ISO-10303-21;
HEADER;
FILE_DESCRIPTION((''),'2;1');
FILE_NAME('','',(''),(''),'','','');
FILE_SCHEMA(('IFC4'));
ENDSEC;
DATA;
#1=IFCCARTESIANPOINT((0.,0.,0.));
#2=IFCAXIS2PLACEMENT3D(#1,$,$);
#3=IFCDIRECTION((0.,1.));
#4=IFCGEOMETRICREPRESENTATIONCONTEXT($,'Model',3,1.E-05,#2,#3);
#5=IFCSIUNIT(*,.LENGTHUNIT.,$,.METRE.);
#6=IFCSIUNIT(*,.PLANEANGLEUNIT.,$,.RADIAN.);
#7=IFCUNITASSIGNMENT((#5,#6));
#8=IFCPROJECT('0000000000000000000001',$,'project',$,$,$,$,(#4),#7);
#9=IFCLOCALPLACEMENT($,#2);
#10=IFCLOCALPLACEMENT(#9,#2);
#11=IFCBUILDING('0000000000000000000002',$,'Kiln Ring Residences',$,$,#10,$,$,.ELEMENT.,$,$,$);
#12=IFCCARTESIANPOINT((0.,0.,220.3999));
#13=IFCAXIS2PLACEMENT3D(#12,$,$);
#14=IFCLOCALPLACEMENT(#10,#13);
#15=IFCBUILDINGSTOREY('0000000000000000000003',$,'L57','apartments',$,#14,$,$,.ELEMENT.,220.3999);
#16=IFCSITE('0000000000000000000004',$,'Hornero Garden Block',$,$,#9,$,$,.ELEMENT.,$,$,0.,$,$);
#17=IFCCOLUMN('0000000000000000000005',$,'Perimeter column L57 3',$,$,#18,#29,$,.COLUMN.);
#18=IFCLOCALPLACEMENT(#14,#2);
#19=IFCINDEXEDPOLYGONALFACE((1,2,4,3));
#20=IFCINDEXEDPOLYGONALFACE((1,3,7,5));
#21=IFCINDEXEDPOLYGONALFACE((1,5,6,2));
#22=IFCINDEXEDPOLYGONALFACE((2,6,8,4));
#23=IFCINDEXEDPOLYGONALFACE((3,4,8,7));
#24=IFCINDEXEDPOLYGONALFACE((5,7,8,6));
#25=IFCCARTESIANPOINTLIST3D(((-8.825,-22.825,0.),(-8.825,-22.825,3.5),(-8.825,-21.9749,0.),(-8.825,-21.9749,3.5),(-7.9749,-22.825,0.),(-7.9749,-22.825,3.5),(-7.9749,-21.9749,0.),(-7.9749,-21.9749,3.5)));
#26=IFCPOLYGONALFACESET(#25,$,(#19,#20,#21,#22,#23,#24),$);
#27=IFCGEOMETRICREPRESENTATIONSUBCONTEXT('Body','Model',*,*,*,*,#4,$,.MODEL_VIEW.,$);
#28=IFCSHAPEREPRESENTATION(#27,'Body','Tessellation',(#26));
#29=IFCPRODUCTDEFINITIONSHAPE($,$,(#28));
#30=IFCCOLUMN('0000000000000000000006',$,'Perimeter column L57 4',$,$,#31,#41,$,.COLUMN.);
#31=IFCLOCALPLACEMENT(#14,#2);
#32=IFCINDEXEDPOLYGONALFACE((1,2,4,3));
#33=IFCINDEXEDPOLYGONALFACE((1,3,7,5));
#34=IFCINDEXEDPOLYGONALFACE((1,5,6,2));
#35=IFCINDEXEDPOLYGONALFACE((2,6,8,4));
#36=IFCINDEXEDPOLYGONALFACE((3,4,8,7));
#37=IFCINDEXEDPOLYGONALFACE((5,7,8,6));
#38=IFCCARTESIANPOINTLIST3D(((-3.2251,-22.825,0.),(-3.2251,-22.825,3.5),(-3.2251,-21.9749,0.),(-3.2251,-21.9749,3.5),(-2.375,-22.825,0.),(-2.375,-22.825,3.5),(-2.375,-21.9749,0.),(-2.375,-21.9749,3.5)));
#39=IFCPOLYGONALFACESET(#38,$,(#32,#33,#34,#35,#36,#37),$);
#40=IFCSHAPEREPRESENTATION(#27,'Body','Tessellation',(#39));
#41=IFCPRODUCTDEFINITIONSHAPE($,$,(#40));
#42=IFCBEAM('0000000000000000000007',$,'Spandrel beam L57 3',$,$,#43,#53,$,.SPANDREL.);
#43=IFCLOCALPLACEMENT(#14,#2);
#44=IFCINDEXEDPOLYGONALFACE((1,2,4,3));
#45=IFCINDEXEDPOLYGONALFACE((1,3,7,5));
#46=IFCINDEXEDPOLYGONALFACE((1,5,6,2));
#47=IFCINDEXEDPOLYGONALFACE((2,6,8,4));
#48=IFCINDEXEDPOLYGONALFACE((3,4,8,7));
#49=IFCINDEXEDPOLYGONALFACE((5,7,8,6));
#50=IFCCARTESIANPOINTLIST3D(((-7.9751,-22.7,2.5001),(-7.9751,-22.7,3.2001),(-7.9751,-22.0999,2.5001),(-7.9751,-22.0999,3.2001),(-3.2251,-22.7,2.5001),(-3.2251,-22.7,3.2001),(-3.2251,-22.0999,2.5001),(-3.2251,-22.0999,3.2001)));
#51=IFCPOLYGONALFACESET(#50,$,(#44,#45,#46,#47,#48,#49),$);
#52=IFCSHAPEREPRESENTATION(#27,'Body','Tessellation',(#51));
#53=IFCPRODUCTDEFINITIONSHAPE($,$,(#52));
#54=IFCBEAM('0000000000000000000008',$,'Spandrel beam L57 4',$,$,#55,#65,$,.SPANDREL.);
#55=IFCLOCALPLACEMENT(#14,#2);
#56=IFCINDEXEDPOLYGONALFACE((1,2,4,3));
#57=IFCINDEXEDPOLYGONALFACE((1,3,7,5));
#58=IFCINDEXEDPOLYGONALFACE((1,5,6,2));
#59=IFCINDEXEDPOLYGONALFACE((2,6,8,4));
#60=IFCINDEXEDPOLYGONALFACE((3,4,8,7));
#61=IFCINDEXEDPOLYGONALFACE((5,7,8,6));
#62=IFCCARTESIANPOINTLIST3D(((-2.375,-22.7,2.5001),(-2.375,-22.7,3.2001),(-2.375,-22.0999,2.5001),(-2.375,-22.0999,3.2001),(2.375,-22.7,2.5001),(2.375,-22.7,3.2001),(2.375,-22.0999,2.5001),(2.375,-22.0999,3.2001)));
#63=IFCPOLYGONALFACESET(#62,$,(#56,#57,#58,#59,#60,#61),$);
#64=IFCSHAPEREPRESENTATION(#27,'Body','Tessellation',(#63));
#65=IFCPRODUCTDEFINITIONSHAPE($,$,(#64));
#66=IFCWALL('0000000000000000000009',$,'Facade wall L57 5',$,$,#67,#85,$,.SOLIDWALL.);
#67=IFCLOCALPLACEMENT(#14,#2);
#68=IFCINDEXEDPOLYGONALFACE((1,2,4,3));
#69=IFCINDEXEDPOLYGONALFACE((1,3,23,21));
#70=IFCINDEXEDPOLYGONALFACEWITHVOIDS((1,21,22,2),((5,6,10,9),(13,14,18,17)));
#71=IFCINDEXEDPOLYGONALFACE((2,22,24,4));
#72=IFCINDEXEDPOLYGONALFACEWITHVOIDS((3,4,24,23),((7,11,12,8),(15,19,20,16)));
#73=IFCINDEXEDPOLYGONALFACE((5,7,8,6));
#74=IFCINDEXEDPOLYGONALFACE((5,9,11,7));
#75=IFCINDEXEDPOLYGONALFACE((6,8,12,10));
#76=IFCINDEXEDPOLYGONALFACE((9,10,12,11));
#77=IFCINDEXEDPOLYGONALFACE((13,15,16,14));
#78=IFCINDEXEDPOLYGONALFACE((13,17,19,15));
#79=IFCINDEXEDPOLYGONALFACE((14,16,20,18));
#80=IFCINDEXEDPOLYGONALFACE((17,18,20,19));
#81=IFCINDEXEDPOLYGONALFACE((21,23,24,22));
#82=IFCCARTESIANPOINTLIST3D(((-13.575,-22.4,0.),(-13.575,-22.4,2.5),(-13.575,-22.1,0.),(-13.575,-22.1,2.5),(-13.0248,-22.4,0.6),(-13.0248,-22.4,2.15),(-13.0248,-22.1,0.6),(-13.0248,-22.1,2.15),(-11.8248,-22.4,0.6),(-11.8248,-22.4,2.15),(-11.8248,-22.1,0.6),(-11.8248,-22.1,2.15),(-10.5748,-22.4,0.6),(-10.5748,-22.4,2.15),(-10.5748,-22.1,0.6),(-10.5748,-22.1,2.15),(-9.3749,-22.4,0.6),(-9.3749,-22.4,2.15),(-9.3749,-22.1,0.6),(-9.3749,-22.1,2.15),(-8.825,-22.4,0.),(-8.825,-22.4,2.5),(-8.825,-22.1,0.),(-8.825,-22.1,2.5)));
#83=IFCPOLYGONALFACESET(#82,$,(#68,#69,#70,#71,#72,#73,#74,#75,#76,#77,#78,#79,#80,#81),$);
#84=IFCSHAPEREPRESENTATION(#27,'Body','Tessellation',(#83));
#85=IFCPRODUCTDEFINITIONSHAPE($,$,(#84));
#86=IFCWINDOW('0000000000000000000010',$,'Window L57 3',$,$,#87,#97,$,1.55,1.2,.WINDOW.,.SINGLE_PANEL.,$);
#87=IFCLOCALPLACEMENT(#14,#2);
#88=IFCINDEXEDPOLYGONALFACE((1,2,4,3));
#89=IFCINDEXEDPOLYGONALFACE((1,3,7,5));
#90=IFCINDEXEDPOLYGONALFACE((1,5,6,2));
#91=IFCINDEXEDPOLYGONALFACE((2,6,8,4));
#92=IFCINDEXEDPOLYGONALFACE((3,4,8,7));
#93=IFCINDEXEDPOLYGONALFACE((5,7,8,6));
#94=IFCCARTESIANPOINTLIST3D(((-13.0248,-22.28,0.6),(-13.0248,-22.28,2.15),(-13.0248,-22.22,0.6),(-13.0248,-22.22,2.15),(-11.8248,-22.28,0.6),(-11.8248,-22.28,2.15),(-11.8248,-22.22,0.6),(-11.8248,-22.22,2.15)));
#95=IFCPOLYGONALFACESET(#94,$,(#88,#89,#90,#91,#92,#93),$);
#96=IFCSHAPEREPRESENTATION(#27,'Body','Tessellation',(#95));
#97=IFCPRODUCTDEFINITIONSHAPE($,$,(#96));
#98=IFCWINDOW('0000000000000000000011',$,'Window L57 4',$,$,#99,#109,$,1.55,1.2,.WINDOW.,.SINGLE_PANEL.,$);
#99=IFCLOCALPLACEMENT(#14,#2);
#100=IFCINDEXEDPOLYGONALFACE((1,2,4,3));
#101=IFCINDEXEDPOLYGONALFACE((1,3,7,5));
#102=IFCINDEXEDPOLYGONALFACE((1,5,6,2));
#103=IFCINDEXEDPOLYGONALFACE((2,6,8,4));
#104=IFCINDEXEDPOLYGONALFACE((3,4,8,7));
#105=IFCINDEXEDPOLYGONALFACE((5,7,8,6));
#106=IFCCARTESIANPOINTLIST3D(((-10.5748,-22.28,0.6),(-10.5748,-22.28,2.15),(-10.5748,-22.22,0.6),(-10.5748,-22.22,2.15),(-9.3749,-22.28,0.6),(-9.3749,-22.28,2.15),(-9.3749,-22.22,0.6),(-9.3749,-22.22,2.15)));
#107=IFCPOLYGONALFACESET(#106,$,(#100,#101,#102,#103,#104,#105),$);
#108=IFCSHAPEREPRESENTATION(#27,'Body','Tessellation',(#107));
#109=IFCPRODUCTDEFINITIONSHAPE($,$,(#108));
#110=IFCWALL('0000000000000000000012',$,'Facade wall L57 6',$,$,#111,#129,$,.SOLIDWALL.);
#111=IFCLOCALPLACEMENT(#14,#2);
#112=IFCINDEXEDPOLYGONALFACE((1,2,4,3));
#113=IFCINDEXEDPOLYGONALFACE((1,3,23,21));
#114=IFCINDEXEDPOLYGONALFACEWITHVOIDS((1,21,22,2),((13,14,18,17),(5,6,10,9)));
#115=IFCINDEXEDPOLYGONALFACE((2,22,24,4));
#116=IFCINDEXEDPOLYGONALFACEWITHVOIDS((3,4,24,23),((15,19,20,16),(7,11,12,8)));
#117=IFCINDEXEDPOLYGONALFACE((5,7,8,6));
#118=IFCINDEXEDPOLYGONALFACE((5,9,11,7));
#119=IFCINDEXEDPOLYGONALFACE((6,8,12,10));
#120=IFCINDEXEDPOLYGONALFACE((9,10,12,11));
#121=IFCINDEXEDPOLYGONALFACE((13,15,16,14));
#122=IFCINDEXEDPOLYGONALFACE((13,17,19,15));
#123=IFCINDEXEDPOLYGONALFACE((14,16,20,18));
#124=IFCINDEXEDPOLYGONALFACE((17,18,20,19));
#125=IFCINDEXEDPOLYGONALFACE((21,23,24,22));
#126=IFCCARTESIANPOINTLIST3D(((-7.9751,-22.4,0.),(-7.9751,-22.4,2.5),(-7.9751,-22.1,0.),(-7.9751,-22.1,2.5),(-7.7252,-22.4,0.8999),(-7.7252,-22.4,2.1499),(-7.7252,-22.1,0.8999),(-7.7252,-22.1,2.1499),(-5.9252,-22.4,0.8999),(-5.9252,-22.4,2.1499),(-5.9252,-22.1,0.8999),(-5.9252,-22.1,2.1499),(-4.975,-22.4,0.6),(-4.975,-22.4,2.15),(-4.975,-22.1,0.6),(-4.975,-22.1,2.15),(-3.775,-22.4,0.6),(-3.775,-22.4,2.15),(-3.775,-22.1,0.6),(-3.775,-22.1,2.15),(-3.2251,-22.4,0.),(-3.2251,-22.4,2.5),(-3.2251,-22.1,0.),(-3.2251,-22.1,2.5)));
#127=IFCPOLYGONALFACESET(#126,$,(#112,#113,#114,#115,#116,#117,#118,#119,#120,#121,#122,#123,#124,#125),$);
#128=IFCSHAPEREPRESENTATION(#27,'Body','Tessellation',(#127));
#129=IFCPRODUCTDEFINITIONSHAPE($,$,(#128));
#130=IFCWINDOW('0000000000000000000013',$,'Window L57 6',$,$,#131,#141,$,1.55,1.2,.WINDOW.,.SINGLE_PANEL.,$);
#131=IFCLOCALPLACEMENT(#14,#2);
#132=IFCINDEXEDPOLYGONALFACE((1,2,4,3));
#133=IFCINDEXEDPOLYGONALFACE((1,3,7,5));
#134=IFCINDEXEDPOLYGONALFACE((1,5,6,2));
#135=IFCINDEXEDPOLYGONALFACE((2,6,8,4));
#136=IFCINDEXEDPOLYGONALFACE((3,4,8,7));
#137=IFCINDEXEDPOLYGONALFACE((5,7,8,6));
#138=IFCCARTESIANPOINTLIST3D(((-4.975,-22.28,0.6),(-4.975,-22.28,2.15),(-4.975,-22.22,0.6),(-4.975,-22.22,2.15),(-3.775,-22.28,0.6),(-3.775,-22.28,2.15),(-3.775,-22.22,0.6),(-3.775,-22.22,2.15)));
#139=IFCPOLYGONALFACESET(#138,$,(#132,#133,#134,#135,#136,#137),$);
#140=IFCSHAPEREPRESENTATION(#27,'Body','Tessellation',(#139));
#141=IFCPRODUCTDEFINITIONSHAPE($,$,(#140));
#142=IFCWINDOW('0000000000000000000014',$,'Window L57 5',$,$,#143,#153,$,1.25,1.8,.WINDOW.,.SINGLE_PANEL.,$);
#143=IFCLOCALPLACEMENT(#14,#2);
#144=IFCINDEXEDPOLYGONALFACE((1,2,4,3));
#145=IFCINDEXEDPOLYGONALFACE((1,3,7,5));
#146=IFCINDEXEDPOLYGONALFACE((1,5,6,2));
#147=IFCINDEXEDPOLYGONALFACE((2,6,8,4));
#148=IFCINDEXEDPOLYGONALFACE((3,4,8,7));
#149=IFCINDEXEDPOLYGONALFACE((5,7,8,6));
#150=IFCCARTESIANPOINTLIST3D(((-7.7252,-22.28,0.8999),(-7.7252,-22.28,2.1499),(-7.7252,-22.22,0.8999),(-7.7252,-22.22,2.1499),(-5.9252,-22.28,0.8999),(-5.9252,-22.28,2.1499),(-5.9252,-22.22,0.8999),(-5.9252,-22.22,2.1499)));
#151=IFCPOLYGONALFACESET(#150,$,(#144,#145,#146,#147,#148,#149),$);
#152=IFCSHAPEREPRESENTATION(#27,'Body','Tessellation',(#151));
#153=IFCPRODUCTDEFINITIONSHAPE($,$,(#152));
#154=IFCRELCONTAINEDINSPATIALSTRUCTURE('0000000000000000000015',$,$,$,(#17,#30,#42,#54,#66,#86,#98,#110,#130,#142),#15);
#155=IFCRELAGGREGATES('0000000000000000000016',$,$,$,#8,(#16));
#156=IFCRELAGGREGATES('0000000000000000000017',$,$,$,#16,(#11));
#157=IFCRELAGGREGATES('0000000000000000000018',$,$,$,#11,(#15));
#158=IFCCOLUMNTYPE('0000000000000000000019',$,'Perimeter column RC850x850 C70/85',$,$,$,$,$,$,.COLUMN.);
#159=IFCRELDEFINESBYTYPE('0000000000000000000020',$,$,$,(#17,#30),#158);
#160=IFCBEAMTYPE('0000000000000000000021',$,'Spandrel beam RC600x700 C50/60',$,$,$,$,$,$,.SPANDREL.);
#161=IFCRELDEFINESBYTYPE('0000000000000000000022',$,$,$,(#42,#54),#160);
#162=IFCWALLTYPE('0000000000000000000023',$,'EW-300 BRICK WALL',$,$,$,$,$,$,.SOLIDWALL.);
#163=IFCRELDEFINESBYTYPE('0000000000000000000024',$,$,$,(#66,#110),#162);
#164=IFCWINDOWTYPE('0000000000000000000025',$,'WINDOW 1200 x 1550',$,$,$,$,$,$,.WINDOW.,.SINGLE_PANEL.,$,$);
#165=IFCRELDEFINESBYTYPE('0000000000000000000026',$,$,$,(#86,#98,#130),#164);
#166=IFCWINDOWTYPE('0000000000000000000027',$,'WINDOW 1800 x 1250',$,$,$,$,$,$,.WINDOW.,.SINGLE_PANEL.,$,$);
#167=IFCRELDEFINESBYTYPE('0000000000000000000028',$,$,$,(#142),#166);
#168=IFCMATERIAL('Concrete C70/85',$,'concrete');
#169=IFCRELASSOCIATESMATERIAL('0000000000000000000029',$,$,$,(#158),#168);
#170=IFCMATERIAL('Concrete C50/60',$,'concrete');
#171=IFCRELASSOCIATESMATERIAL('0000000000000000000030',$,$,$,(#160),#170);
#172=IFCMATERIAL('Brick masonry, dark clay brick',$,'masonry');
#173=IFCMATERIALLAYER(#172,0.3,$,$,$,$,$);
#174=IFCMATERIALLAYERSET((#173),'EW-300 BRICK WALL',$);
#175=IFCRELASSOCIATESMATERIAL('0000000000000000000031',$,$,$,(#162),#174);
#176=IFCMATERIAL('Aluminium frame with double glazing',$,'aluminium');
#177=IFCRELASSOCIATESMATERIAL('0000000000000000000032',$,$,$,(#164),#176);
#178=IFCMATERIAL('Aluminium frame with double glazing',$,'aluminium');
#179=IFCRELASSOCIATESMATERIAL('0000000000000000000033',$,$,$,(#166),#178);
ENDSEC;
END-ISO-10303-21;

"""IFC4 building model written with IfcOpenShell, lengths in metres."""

from ifc_helpers import new_model, si_unit, direction, frame, frame_2d, origin, origin_2d, place, context, subcontext, project, spatial, rectangle, extrude, material, layer, layer_set, material_profile, profile_set, type_object, element, fill, save


model = new_model("IFC4")

# Units and contexts
model_context = context("Model", 3, precision=1e-05, world=origin(), true_north=direction((0.0, 1.0)))
body_context = subcontext(model_context, "Body", "Model", "MODEL_VIEW")
ifc_project = project(units=[si_unit("LENGTHUNIT", "METRE"), si_unit("PLANEANGLEUNIT", "RADIAN")], contexts=[model_context])

# Site, building, storey
site_placement = place(None, origin())
site = spatial("IfcSite", under=ifc_project, at=site_placement, Name="Hornero Garden Block", CompositionType="ELEMENT", RefElevation=0.0)
building_placement = place(site_placement, origin())
building = spatial("IfcBuilding", under=site, at=building_placement, Name="Kiln Ring Residences", CompositionType="ELEMENT")
storey_placement = place(building_placement, frame((0.0, 0.0, 220.3999)))
storey = spatial("IfcBuildingStorey", under=building, at=storey_placement, Name="L57", Description="apartments", CompositionType="ELEMENT", Elevation=220.3999)

# Columns
ifc_material_1 = material(Name="Concrete C70/85", Category="concrete")
ifc_material_profile_1 = material_profile(ifc_material_1, rectangle(XDim=0.8501, YDim=0.8501, at=origin_2d()), Name="RC850x850")
ifc_profile_set_1 = profile_set([ifc_material_profile_1], Name="Concrete C70/85")
column_type = type_object("IfcColumnType", Name="Perimeter column RC850x850 C70/85", PredefinedType="COLUMN", material=ifc_profile_set_1)
for number, where, z_axis, x_axis, name in (
    (1, (-8.3999, -22.3999, 0.0), (0.0, 0.0, 1.0), (1.0, 0.0, 0.0), "Perimeter column L57 3"),
    (2, (-2.8, -22.3999, 0.0), (0.0, 0.0, 1.0), (1.0, 0.0, 0.0), "Perimeter column L57 4"),
):
    element("IfcColumn", number, at=place(storey_placement, frame(where, z_axis=z_axis, x_axis=x_axis)), inside=storey, type_object=column_type, Name=name, PredefinedType="COLUMN", context=body_context, shape_type="SweptSolid", body=[
        extrude(rectangle(XDim=0.8501, YDim=0.8501, at=origin_2d()), origin(), (0.0, 0.0, 1.0), 3.5),
    ])

# Beams
ifc_material_2 = material(Name="Concrete C50/60", Category="concrete")
ifc_material_profile_2 = material_profile(ifc_material_2, rectangle(XDim=0.6001, YDim=0.7, at=origin_2d()), Name="RC600x700")
ifc_profile_set_2 = profile_set([ifc_material_profile_2], Name="Concrete C50/60")
beam_type = type_object("IfcBeamType", Name="Spandrel beam RC600x700 C50/60", PredefinedType="SPANDREL", material=ifc_profile_set_2)
for number, where, z_axis, x_axis, name in (
    (3, (-7.9751, -22.3999, 2.8501), (1.0, 0.0, 0.0), (0.0, 1.0, 0.0), "Spandrel beam L57 3"),
    (4, (-2.375, -22.3999, 2.8501), (1.0, 0.0, 0.0), (0.0, 1.0, 0.0), "Spandrel beam L57 4"),
):
    element("IfcBeam", number, at=place(storey_placement, frame(where, z_axis=z_axis, x_axis=x_axis)), inside=storey, type_object=beam_type, Name=name, PredefinedType="SPANDREL", context=body_context, shape_type="SweptSolid", body=[
        extrude(rectangle(XDim=0.6001, YDim=0.7, at=origin_2d()), origin(), (0.0, 0.0, 1.0), 4.75),
    ])

# Walls, openings, windows
ifc_material_3 = material(Name="Brick masonry, dark clay brick", Category="masonry")
ifc_layer_1 = layer(ifc_material_3, 0.3)
ifc_layer_set_1 = layer_set([ifc_layer_1], Name="EW-300 BRICK WALL")
wall_type_1 = type_object("IfcWallType", Name="EW-300 BRICK WALL", PredefinedType="SOLIDWALL", material=ifc_layer_set_1)
wall_1_placement = place(storey_placement, frame((-13.575, -22.25, 0.0), z_axis=(0.0, 0.0, 1.0), x_axis=(1.0, 0.0, 0.0)))
wall_1 = element("IfcWall", 5, at=wall_1_placement, inside=storey, type_object=wall_type_1, Name="Facade wall L57 5", PredefinedType="SOLIDWALL", context=body_context, shape_type="SweptSolid", body=[
    extrude(rectangle(XDim=4.75, YDim=0.3, at=frame_2d((2.375, 0.0))), origin(), (0.0, 0.0, 1.0), 2.5),
])
opening_1_placement = place(wall_1_placement, frame((0.55, 0.0, 0.6001)))
opening_1 = element("IfcOpeningElement", 6, at=opening_1_placement, cuts=wall_1, PredefinedType="OPENING", context=body_context, shape_type="SweptSolid", body=[
    extrude(rectangle(XDim=1.2, YDim=1.55, at=frame_2d((0.6001, 0.7749))), frame((0.0, 0.1599, 0.0), z_axis=(0.0, -1.0, 0.0), x_axis=(1.0, 0.0, 0.0)), (0.0, 0.0, 1.0), 0.3201),
])
opening_2_placement = place(wall_1_placement, frame((3.0, 0.0, 0.6001)))
opening_2 = element("IfcOpeningElement", 7, at=opening_2_placement, cuts=wall_1, PredefinedType="OPENING", context=body_context, shape_type="SweptSolid", body=[
    extrude(rectangle(XDim=1.2, YDim=1.55, at=frame_2d((0.6001, 0.7749))), frame((0.0, 0.1599, 0.0), z_axis=(0.0, -1.0, 0.0), x_axis=(1.0, 0.0, 0.0)), (0.0, 0.0, 1.0), 0.3201),
])
ifc_material_4 = material(Name="Aluminium frame with double glazing", Category="aluminium")
window_type_1 = type_object("IfcWindowType", Name="WINDOW 1200 x 1550", PartitioningType="SINGLE_PANEL", PredefinedType="WINDOW", material=ifc_material_4)
window_1_placement = place(opening_1_placement, origin())
window_1 = element("IfcWindow", 8, at=window_1_placement, inside=storey, type_object=window_type_1, Name="Window L57 3", OverallHeight=1.55, OverallWidth=1.2, PartitioningType="SINGLE_PANEL", PredefinedType="WINDOW", context=body_context, shape_type="SweptSolid", body=[
    extrude(rectangle(XDim=1.2, YDim=1.55, at=frame_2d((0.6001, 0.7749))), frame((0.0, 0.03, 0.0), z_axis=(0.0, -1.0, 0.0), x_axis=(1.0, 0.0, 0.0)), (0.0, 0.0, 1.0), 0.0601),
])
fill(opening_1, window_1)
window_2_placement = place(opening_2_placement, origin())
window_2 = element("IfcWindow", 9, at=window_2_placement, inside=storey, type_object=window_type_1, Name="Window L57 4", OverallHeight=1.55, OverallWidth=1.2, PartitioningType="SINGLE_PANEL", PredefinedType="WINDOW", context=body_context, shape_type="SweptSolid", body=[
    extrude(rectangle(XDim=1.2, YDim=1.55, at=frame_2d((0.6001, 0.7749))), frame((0.0, 0.03, 0.0), z_axis=(0.0, -1.0, 0.0), x_axis=(1.0, 0.0, 0.0)), (0.0, 0.0, 1.0), 0.0601),
])
fill(opening_2, window_2)
wall_2_placement = place(storey_placement, frame((-7.9751, -22.25, 0.0), z_axis=(0.0, 0.0, 1.0), x_axis=(1.0, 0.0, 0.0)))
wall_2 = element("IfcWall", 10, at=wall_2_placement, inside=storey, type_object=wall_type_1, Name="Facade wall L57 6", PredefinedType="SOLIDWALL", context=body_context, shape_type="SweptSolid", body=[
    extrude(rectangle(XDim=4.75, YDim=0.3, at=frame_2d((2.375, 0.0))), origin(), (0.0, 0.0, 1.0), 2.5),
])
opening_3_placement = place(wall_2_placement, frame((0.25, 0.0, 0.8999)))
opening_3 = element("IfcOpeningElement", 11, at=opening_3_placement, cuts=wall_2, PredefinedType="OPENING", context=body_context, shape_type="SweptSolid", body=[
    extrude(rectangle(XDim=1.8, YDim=1.25, at=frame_2d((0.8999, 0.625))), frame((0.0, 0.1599, 0.0), z_axis=(0.0, -1.0, 0.0), x_axis=(1.0, 0.0, 0.0)), (0.0, 0.0, 1.0), 0.3201),
])
opening_4_placement = place(wall_2_placement, frame((3.0, 0.0, 0.6001)))
opening_4 = element("IfcOpeningElement", 12, at=opening_4_placement, cuts=wall_2, PredefinedType="OPENING", context=body_context, shape_type="SweptSolid", body=[
    extrude(rectangle(XDim=1.2, YDim=1.55, at=frame_2d((0.6001, 0.7749))), frame((0.0, 0.1599, 0.0), z_axis=(0.0, -1.0, 0.0), x_axis=(1.0, 0.0, 0.0)), (0.0, 0.0, 1.0), 0.3201),
])
window_3_placement = place(opening_4_placement, origin())
window_3 = element("IfcWindow", 13, at=window_3_placement, inside=storey, type_object=window_type_1, Name="Window L57 6", OverallHeight=1.55, OverallWidth=1.2, PartitioningType="SINGLE_PANEL", PredefinedType="WINDOW", context=body_context, shape_type="SweptSolid", body=[
    extrude(rectangle(XDim=1.2, YDim=1.55, at=frame_2d((0.6001, 0.7749))), frame((0.0, 0.03, 0.0), z_axis=(0.0, -1.0, 0.0), x_axis=(1.0, 0.0, 0.0)), (0.0, 0.0, 1.0), 0.0601),
])
fill(opening_4, window_3)
ifc_material_5 = material(Name="Aluminium frame with double glazing", Category="aluminium")
window_type_2 = type_object("IfcWindowType", Name="WINDOW 1800 x 1250", PartitioningType="SINGLE_PANEL", PredefinedType="WINDOW", material=ifc_material_5)
window_4_placement = place(opening_3_placement, origin())
window_4 = element("IfcWindow", 14, at=window_4_placement, inside=storey, type_object=window_type_2, Name="Window L57 5", OverallHeight=1.25, OverallWidth=1.8, PartitioningType="SINGLE_PANEL", PredefinedType="WINDOW", context=body_context, shape_type="SweptSolid", body=[
    extrude(rectangle(XDim=1.8, YDim=1.25, at=frame_2d((0.8999, 0.625))), frame((0.0, 0.03, 0.0), z_axis=(0.0, -1.0, 0.0), x_axis=(1.0, 0.0, 0.0)), (0.0, 0.0, 1.0), 0.0601),
])
fill(opening_3, window_4)

save(model, "model.ifc")
